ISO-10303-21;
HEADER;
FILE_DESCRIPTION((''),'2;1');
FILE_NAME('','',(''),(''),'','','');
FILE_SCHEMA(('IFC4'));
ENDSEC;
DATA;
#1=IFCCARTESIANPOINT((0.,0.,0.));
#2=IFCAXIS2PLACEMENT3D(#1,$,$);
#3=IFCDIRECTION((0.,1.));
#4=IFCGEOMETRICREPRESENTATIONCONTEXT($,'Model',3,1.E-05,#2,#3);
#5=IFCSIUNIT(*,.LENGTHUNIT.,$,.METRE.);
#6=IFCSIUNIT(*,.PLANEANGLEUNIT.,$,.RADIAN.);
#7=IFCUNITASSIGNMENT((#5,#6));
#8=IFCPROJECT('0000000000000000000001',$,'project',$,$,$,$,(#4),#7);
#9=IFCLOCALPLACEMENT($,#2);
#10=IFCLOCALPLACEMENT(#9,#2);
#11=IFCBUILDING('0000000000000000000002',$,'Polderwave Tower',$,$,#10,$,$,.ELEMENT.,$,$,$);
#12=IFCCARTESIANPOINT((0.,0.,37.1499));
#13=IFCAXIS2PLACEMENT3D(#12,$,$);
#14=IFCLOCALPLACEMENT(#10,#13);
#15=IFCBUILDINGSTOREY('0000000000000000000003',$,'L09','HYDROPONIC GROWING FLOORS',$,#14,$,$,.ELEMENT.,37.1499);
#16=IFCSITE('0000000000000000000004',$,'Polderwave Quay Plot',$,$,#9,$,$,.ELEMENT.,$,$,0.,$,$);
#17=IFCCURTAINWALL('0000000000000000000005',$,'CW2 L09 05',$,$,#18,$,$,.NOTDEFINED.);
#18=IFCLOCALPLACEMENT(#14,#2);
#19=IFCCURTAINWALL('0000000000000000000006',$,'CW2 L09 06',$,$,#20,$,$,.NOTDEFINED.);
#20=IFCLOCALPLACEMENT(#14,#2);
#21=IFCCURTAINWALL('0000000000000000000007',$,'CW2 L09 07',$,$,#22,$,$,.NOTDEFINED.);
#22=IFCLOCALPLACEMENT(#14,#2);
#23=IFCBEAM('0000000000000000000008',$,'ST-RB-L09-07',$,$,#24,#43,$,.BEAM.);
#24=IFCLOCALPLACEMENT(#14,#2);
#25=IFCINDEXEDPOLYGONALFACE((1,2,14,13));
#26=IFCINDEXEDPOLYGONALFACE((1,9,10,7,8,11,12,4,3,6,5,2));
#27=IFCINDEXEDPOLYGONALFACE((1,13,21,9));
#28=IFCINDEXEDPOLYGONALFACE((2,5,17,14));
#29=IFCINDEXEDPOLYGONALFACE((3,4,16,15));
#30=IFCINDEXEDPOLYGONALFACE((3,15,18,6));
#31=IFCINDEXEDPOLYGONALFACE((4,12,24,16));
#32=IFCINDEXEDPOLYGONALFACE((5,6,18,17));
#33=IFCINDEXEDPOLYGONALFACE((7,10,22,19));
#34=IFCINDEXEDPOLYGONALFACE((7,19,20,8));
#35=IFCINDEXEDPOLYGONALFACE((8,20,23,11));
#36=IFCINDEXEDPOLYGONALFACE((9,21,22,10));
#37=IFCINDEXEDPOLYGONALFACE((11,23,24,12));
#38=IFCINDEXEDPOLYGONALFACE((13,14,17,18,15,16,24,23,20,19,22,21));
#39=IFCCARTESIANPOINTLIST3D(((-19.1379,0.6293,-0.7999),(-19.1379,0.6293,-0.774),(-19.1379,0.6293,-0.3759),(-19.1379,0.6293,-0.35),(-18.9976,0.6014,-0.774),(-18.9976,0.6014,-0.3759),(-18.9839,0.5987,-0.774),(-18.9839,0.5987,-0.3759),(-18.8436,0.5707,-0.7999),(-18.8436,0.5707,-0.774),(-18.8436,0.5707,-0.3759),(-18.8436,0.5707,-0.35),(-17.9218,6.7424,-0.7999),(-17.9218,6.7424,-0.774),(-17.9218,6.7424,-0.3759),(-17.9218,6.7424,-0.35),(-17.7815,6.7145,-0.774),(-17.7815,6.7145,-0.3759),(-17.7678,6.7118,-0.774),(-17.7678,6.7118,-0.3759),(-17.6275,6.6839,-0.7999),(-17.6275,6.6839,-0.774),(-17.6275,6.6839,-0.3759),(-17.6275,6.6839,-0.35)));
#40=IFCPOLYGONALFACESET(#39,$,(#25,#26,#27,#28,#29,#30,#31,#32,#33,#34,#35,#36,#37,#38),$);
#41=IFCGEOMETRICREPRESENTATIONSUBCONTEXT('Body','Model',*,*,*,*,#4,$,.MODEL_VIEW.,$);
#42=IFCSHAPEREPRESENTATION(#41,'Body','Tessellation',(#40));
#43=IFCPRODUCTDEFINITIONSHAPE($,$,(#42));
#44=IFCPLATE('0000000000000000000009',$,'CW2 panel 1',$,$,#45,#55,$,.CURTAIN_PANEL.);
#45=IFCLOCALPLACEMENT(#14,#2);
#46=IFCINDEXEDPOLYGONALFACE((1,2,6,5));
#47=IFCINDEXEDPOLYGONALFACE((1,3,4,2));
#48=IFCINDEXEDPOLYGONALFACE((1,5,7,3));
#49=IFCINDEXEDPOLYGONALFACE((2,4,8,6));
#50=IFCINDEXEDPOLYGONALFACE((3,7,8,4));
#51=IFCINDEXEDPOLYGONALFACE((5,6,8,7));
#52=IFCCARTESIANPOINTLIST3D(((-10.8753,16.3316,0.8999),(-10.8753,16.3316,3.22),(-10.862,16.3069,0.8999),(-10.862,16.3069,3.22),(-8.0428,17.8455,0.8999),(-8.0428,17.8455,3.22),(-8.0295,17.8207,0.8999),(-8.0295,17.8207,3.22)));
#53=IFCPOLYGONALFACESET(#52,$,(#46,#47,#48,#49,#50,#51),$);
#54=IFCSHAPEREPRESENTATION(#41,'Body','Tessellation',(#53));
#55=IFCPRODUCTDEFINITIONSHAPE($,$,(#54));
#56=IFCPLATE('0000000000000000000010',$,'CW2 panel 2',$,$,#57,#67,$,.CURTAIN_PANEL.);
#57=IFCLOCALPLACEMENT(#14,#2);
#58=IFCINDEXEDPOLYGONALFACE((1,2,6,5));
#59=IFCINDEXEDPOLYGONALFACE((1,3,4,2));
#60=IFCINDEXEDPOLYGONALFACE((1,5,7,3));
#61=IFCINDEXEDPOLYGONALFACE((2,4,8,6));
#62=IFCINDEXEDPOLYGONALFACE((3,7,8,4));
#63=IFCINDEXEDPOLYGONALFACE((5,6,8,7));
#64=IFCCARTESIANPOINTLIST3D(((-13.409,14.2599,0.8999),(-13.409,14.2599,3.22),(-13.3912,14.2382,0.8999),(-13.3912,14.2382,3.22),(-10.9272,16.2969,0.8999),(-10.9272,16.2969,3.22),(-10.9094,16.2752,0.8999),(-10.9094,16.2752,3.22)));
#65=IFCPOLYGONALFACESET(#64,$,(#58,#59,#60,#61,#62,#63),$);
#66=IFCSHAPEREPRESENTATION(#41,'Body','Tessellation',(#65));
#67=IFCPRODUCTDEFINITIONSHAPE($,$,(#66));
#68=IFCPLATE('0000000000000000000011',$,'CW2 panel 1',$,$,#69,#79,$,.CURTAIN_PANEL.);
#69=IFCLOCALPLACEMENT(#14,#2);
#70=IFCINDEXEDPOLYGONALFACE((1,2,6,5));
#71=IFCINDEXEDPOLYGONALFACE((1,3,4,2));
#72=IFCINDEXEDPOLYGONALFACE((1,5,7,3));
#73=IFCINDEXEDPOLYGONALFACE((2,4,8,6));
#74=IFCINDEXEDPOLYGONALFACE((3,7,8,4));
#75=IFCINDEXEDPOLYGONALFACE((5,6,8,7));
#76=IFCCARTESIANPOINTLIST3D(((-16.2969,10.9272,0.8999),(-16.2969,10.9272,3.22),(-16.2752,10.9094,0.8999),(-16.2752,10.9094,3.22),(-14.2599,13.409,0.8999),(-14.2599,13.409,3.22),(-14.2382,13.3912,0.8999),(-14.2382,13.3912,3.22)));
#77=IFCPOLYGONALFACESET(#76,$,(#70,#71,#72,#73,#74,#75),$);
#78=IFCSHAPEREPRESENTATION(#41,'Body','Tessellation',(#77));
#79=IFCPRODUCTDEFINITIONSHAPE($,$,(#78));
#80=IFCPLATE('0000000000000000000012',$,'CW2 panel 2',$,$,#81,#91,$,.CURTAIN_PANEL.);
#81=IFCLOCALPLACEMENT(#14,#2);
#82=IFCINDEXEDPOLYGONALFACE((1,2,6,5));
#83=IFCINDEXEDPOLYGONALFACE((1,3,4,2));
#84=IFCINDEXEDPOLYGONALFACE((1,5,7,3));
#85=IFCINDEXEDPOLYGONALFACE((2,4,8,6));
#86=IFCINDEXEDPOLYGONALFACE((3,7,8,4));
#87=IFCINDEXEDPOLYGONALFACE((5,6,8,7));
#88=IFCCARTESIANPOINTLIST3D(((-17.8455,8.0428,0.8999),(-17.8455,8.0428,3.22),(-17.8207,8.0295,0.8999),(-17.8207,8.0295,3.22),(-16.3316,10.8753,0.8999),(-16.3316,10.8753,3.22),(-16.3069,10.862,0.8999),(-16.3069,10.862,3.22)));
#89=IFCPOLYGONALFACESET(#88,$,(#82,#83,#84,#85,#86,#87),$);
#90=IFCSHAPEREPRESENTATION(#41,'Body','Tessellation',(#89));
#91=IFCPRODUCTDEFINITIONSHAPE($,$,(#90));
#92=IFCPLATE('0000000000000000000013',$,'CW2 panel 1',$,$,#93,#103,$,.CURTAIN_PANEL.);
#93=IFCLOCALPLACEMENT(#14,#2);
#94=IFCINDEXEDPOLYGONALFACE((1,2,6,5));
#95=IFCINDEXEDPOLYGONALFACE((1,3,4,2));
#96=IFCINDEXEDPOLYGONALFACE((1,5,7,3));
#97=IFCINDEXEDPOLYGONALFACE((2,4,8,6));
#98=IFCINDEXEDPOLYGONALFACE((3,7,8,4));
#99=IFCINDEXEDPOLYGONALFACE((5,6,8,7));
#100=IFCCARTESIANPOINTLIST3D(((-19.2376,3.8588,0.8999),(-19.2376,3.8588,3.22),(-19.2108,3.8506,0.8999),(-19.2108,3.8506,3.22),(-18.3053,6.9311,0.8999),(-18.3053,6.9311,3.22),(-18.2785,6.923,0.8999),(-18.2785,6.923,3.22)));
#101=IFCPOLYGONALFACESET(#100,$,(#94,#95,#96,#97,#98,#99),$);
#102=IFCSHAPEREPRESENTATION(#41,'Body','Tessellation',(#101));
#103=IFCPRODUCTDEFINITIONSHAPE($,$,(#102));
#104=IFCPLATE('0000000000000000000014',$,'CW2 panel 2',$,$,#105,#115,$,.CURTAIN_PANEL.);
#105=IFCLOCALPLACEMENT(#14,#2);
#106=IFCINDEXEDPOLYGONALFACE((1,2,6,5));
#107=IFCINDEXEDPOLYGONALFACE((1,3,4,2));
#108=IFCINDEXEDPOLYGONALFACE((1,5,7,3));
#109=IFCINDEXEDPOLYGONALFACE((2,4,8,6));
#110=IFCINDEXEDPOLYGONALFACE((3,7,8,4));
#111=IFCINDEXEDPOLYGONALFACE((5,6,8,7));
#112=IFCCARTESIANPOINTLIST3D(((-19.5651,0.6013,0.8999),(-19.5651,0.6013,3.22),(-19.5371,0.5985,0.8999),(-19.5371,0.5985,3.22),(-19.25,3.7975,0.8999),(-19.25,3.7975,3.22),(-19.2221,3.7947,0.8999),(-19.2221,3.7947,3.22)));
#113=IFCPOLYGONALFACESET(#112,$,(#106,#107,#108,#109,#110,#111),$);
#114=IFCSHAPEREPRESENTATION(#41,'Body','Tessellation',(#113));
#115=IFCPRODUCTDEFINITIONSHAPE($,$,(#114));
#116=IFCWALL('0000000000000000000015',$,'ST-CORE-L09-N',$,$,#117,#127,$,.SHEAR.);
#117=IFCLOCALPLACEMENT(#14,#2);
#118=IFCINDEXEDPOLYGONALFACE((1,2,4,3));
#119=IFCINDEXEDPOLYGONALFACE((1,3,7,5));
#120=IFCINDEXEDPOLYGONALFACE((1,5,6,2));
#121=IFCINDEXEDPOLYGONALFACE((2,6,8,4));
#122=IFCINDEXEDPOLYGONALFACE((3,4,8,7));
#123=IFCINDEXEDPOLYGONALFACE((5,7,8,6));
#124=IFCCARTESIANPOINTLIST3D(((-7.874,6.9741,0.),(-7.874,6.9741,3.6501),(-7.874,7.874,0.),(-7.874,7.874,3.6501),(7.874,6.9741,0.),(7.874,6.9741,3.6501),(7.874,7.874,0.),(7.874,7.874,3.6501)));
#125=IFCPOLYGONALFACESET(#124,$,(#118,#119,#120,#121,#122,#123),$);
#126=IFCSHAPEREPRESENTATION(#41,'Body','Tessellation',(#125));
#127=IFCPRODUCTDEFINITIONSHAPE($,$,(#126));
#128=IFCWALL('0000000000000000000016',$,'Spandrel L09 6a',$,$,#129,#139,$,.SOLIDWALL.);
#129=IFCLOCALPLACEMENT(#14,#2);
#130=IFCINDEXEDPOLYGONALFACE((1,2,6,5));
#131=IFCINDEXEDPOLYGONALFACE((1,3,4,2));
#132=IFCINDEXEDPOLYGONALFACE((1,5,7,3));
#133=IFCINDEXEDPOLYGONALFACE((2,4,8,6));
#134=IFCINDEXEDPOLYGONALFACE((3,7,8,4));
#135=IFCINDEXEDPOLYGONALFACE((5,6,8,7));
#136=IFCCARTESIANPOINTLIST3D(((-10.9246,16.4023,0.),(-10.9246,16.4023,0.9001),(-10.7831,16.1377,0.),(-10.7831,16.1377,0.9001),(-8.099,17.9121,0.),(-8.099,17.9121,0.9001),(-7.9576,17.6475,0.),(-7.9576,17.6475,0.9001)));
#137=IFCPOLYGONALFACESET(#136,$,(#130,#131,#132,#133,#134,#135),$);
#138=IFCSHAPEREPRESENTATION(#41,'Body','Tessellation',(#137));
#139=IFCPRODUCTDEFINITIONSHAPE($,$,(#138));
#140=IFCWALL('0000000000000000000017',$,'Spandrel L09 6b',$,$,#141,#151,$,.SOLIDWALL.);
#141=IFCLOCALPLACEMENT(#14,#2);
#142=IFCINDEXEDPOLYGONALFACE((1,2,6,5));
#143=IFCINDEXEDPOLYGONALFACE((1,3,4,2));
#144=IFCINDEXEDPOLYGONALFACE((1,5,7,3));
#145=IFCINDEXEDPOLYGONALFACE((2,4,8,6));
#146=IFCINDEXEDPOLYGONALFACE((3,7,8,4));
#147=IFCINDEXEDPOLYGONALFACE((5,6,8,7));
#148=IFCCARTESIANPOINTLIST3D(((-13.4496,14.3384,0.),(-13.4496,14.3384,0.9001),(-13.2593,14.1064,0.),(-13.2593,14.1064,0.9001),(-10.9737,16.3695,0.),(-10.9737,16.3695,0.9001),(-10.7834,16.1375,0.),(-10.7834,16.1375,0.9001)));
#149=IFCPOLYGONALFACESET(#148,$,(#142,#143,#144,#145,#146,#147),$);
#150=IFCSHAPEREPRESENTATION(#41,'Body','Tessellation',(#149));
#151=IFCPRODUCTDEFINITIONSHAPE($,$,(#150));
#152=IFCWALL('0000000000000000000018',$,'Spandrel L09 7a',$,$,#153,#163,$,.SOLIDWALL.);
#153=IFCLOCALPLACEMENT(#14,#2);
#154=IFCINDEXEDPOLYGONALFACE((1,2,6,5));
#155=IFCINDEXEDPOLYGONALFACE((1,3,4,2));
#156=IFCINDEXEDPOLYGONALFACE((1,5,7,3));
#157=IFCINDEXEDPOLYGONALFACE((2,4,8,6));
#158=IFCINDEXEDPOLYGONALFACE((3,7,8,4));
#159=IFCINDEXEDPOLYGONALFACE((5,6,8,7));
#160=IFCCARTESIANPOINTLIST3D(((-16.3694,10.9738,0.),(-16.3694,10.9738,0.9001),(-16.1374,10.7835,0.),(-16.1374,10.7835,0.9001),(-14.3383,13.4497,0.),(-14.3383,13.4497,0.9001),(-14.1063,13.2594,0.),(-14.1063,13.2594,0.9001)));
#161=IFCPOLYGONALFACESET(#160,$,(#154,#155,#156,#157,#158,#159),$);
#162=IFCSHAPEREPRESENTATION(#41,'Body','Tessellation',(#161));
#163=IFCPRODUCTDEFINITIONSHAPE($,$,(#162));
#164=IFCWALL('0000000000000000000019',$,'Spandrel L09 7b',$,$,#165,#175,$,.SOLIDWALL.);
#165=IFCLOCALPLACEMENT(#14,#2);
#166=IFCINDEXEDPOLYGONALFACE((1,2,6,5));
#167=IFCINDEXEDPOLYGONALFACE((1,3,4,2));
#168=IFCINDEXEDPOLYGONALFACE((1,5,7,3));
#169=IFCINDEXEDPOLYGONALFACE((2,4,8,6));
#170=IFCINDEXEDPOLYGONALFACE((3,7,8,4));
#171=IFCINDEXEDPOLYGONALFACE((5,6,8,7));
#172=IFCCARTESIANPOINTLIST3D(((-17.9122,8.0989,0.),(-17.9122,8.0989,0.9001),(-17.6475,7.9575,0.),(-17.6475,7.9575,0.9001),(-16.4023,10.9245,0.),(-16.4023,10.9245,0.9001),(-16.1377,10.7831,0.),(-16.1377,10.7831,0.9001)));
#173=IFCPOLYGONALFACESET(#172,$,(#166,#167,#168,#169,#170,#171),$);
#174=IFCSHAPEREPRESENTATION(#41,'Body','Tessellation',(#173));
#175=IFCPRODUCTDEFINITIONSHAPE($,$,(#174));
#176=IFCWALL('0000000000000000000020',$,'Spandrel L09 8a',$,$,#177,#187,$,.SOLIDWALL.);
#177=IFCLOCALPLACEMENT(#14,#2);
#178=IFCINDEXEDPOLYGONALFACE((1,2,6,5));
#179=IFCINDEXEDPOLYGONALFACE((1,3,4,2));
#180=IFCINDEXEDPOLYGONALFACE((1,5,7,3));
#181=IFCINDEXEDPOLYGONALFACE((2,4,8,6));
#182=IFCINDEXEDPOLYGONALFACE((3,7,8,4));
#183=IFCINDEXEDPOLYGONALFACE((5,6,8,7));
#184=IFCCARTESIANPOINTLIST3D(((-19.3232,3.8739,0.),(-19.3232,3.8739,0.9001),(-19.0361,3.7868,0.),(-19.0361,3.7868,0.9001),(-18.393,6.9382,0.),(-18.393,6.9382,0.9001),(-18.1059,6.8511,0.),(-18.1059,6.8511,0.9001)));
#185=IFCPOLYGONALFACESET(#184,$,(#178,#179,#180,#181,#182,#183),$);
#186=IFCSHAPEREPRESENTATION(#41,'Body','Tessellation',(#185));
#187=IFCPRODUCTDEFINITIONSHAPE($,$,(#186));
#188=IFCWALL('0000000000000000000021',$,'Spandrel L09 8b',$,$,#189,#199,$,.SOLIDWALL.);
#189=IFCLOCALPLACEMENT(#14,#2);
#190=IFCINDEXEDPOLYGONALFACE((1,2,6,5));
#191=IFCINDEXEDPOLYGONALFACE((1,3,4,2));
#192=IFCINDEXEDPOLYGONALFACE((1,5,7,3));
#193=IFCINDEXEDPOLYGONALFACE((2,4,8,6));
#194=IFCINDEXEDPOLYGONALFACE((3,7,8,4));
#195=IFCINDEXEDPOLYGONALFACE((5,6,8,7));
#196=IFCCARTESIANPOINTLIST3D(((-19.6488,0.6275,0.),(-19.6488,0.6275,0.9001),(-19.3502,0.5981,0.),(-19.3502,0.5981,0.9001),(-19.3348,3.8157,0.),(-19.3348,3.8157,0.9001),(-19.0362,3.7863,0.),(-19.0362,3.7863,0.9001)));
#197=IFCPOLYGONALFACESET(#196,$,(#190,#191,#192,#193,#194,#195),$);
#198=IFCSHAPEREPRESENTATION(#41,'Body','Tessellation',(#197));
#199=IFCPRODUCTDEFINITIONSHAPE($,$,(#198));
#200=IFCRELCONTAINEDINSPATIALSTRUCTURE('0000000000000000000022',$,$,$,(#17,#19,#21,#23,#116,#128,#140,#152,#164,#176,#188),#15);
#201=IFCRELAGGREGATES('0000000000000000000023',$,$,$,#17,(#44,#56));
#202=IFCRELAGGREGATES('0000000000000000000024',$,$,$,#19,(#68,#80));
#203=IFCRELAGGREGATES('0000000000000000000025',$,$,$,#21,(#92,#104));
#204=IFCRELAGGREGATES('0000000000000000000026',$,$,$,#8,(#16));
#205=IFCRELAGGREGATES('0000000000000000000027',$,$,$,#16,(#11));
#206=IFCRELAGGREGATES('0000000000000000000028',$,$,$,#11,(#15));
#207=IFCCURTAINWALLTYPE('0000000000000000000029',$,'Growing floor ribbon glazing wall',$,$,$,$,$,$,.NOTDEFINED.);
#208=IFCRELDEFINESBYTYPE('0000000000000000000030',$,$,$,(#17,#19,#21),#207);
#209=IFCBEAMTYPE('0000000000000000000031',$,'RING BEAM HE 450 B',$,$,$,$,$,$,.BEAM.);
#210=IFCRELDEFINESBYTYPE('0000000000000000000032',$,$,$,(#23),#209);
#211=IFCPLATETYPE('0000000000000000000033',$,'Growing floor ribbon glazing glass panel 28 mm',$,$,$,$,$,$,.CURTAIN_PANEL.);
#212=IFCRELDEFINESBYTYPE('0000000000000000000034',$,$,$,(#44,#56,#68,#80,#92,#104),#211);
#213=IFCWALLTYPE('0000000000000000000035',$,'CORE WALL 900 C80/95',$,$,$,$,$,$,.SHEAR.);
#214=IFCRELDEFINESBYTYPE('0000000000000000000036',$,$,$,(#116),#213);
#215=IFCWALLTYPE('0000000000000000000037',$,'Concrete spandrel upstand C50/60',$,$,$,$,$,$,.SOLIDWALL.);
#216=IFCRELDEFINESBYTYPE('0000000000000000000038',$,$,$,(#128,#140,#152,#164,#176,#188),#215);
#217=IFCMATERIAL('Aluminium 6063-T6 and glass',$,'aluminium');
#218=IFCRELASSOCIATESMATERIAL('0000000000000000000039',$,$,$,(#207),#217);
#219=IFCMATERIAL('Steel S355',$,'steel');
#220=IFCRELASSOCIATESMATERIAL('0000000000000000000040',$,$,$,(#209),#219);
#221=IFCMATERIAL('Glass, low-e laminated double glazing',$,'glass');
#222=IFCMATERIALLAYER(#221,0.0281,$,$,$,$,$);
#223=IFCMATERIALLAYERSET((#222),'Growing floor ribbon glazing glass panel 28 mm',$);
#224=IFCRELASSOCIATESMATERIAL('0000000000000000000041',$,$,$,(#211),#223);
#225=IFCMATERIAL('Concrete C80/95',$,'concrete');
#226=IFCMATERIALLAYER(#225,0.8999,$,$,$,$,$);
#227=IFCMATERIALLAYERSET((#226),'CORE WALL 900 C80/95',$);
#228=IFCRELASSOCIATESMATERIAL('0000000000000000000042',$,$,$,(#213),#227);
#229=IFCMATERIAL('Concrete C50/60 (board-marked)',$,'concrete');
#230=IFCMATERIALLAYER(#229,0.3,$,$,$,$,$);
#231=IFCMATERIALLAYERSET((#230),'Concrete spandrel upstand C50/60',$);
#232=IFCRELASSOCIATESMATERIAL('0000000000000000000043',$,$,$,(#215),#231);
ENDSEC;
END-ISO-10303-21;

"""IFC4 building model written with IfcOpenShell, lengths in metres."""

from ifc_helpers import new_model, si_unit, direction, frame, frame_2d, origin, origin_2d, place, context, subcontext, project, spatial, rectangle, i_section, extrude, material, layer, layer_set, material_profile, profile_set, type_object, element, aggregate, save


model = new_model("IFC4")

# Units and contexts
model_context = context("Model", 3, precision=1e-05, world=origin(), true_north=direction((0.0, 1.0)))
body_context = subcontext(model_context, "Body", "Model", "MODEL_VIEW")
ifc_project = project(units=[si_unit("LENGTHUNIT", "METRE"), si_unit("PLANEANGLEUNIT", "RADIAN")], contexts=[model_context])

# Site, building, storey
site_placement = place(None, origin())
site = spatial("IfcSite", under=ifc_project, at=site_placement, Name="Polderwave Quay Plot", CompositionType="ELEMENT", RefElevation=0.0)
building_placement = place(site_placement, origin())
building = spatial("IfcBuilding", under=site, at=building_placement, Name="Polderwave Tower", CompositionType="ELEMENT")
storey_placement = place(building_placement, frame((0.0, 0.0, 37.1499)))
storey = spatial("IfcBuildingStorey", under=building, at=storey_placement, Name="L09", Description="HYDROPONIC GROWING FLOORS", CompositionType="ELEMENT", Elevation=37.1499)

# Curtain walls
ifc_material_1 = material(Name="Aluminium 6063-T6 and glass", Category="aluminium")
curtain_wall_type = type_object("IfcCurtainWallType", Name="Growing floor ribbon glazing wall", PredefinedType="NOTDEFINED", material=ifc_material_1)
curtain_wall_1_placement = place(storey_placement, origin())
curtain_wall_1 = element("IfcCurtainWall", 1, at=curtain_wall_1_placement, inside=storey, type_object=curtain_wall_type, Name="CW2 L09 05", PredefinedType="NOTDEFINED")
curtain_wall_2_placement = place(storey_placement, origin())
curtain_wall_2 = element("IfcCurtainWall", 2, at=curtain_wall_2_placement, inside=storey, type_object=curtain_wall_type, Name="CW2 L09 06", PredefinedType="NOTDEFINED")
curtain_wall_3_placement = place(storey_placement, origin())
curtain_wall_3 = element("IfcCurtainWall", 3, at=curtain_wall_3_placement, inside=storey, type_object=curtain_wall_type, Name="CW2 L09 07", PredefinedType="NOTDEFINED")

# Beam
ifc_material_2 = material(Name="Steel S355", Category="steel")
ifc_material_profile_1 = material_profile(ifc_material_2, i_section(OverallWidth=0.3, OverallDepth=0.45, WebThickness=0.0139, FlangeThickness=0.0259, at=origin_2d()), Name="HE 450 B")
ifc_profile_set_1 = profile_set([ifc_material_profile_1], Name="Steel S355")
beam_type = type_object("IfcBeamType", Name="RING BEAM HE 450 B", PredefinedType="BEAM", material=ifc_profile_set_1)
beam_placement = place(storey_placement, frame((-17.7747, 6.7131, -0.575), z_axis=(-0.195107, -0.980782, 0.0), x_axis=(0.980782, -0.195107, 0.0)))
element("IfcBeam", 4, at=beam_placement, inside=storey, type_object=beam_type, Name="ST-RB-L09-07", PredefinedType="BEAM", context=body_context, shape_type="SweptSolid", body=[
    extrude(i_section(OverallWidth=0.3, OverallDepth=0.45, WebThickness=0.0139, FlangeThickness=0.0259, at=origin_2d()), origin(), (0.0, 0.0, 1.0), 6.2329),
])

# Plates
ifc_material_3 = material(Name="Glass, low-e laminated double glazing", Category="glass")
ifc_layer_1 = layer(ifc_material_3, 0.0281)
ifc_layer_set_1 = layer_set([ifc_layer_1], Name="Growing floor ribbon glazing glass panel 28 mm")
plate_type = type_object("IfcPlateType", Name="Growing floor ribbon glazing glass panel 28 mm", PredefinedType="CURTAIN_PANEL", material=ifc_layer_set_1)
plate_1_placement = place(storey_placement, frame((-9.4524, 17.0762, 0.8999), z_axis=(0.0, 0.0, 1.0), x_axis=(-0.881943, -0.471357, 0.0)))
plate_1 = element("IfcPlate", 5, at=plate_1_placement, type_object=plate_type, Name="CW2 panel 1", PredefinedType="CURTAIN_PANEL", context=body_context, shape_type="SweptSolid", body=[
    extrude(rectangle(XDim=3.2117, YDim=0.0281, at=origin_2d()), origin(), (0.0, 0.0, 1.0), 2.3201),
])
plate_2_placement = place(storey_placement, frame((-12.1592, 15.2676, 0.8999), z_axis=(0.0, 0.0, 1.0), x_axis=(-0.772981, -0.63443, 0.0)))
plate_2 = element("IfcPlate", 6, at=plate_2_placement, type_object=plate_type, Name="CW2 panel 2", PredefinedType="CURTAIN_PANEL", context=body_context, shape_type="SweptSolid", body=[
    extrude(rectangle(XDim=3.2107, YDim=0.0281, at=origin_2d()), origin(), (0.0, 0.0, 1.0), 2.3201),
])
aggregate(curtain_wall_1, [plate_1, plate_2])
plate_3_placement = place(storey_placement, frame((-15.2676, 12.1592, 0.8999), z_axis=(0.0, 0.0, 1.0), x_axis=(-0.63443, -0.772981, 0.0)))
plate_3 = element("IfcPlate", 7, at=plate_3_placement, type_object=plate_type, Name="CW2 panel 1", PredefinedType="CURTAIN_PANEL", context=body_context, shape_type="SweptSolid", body=[
    extrude(rectangle(XDim=3.2107, YDim=0.0281, at=origin_2d()), origin(), (0.0, 0.0, 1.0), 2.3201),
])
plate_4_placement = place(storey_placement, frame((-17.0762, 9.4524, 0.8999), z_axis=(0.0, 0.0, 1.0), x_axis=(-0.471357, -0.881943, 0.0)))
plate_4 = element("IfcPlate", 8, at=plate_4_placement, type_object=plate_type, Name="CW2 panel 2", PredefinedType="CURTAIN_PANEL", context=body_context, shape_type="SweptSolid", body=[
    extrude(rectangle(XDim=3.2117, YDim=0.0281, at=origin_2d()), origin(), (0.0, 0.0, 1.0), 2.3201),
])
aggregate(curtain_wall_2, [plate_3, plate_4])
plate_5_placement = place(storey_placement, frame((-18.7581, 5.3909, 0.8999), z_axis=(0.0, 0.0, 1.0), x_axis=(-0.290375, -0.956913, 0.0)))
plate_5 = element("IfcPlate", 9, at=plate_5_placement, type_object=plate_type, Name="CW2 panel 1", PredefinedType="CURTAIN_PANEL", context=body_context, shape_type="SweptSolid", body=[
    extrude(rectangle(XDim=3.2107, YDim=0.0281, at=origin_2d()), origin(), (0.0, 0.0, 1.0), 2.3201),
])
plate_6_placement = place(storey_placement, frame((-19.3936, 2.198, 0.8999), z_axis=(0.0, 0.0, 1.0), x_axis=(-0.098099, -0.995177, 0.0)))
plate_6 = element("IfcPlate", 10, at=plate_6_placement, type_object=plate_type, Name="CW2 panel 2", PredefinedType="CURTAIN_PANEL", context=body_context, shape_type="SweptSolid", body=[
    extrude(rectangle(XDim=3.2117, YDim=0.0281, at=origin_2d()), origin(), (0.0, 0.0, 1.0), 2.3201),
])
aggregate(curtain_wall_3, [plate_5, plate_6])

# Walls
ifc_material_4 = material(Name="Concrete C80/95", Category="concrete")
ifc_layer_2 = layer(ifc_material_4, 0.8999)
ifc_layer_set_2 = layer_set([ifc_layer_2], Name="CORE WALL 900 C80/95")
wall_type_1 = type_object("IfcWallType", Name="CORE WALL 900 C80/95", PredefinedType="SHEAR", material=ifc_layer_set_2)
wall_1_placement = place(storey_placement, frame((-7.874, 7.4241, 0.0), z_axis=(0.0, 0.0, 1.0), x_axis=(1.0, 0.0, 0.0)))
element("IfcWall", 11, at=wall_1_placement, inside=storey, type_object=wall_type_1, Name="ST-CORE-L09-N", PredefinedType="SHEAR", context=body_context, shape_type="SweptSolid", body=[
    extrude(rectangle(XDim=15.748, YDim=0.8999, at=frame_2d((7.874, 0.0))), origin(), (0.0, 0.0, 1.0), 3.6501),
])
ifc_material_5 = material(Name="Concrete C50/60 (board-marked)", Category="concrete")
ifc_layer_3 = layer(ifc_material_5, 0.3)
ifc_layer_set_3 = layer_set([ifc_layer_3], Name="Concrete spandrel upstand C50/60")
wall_type_2 = type_object("IfcWallType", Name="Concrete spandrel upstand C50/60", PredefinedType="SOLIDWALL", material=ifc_layer_set_3)
wall_2_placement = place(storey_placement, frame((-8.0283, 17.7798, 0.0), z_axis=(0.0, 0.0, 1.0), x_axis=(-0.881981, -0.471284, 0.0)))
element("IfcWall", 12, at=wall_2_placement, inside=storey, type_object=wall_type_2, Name="Spandrel L09 6a", PredefinedType="SOLIDWALL", context=body_context, shape_type="SweptSolid", body=[
    extrude(rectangle(XDim=3.2036, YDim=0.3, at=frame_2d((1.6018, 0.0))), origin(), (0.0, 0.0, 1.0), 0.9001),
])
for number, where, z_axis, x_axis, name in (
    (13, (-10.8787, 16.2534, 0.0), (0.0, 0.0, 1.0), (-0.773141, -0.634234, 0.0), "Spandrel L09 6b"),
    (14, (-14.2224, 13.3545, 0.0), (0.0, 0.0, 1.0), (-0.634234, -0.773141, 0.0), "Spandrel L09 7a"),
):
    element("IfcWall", number, at=place(storey_placement, frame(where, z_axis=z_axis, x_axis=x_axis)), inside=storey, type_object=wall_type_2, Name=name, PredefinedType="SOLIDWALL", context=body_context, shape_type="SweptSolid", body=[
        extrude(rectangle(XDim=3.2024, YDim=0.3, at=frame_2d((1.6011, 0.0))), origin(), (0.0, 0.0, 1.0), 0.9001),
    ])
wall_3_placement = place(storey_placement, frame((-16.27, 10.8538, 0.0), z_axis=(0.0, 0.0, 1.0), x_axis=(-0.471284, -0.881981, 0.0)))
element("IfcWall", 15, at=wall_3_placement, inside=storey, type_object=wall_type_2, Name="Spandrel L09 7b", PredefinedType="SOLIDWALL", context=body_context, shape_type="SweptSolid", body=[
    extrude(rectangle(XDim=3.2036, YDim=0.3, at=frame_2d((1.6018, 0.0))), origin(), (0.0, 0.0, 1.0), 0.9001),
])
wall_4_placement = place(storey_placement, frame((-18.2495, 6.8945, 0.0), z_axis=(0.0, 0.0, 1.0), x_axis=(-0.290473, -0.956883, 0.0)))
element("IfcWall", 16, at=wall_4_placement, inside=storey, type_object=wall_type_2, Name="Spandrel L09 8a", PredefinedType="SOLIDWALL", context=body_context, shape_type="SweptSolid", body=[
    extrude(rectangle(XDim=3.2024, YDim=0.3, at=frame_2d((1.6011, 0.0))), origin(), (0.0, 0.0, 1.0), 0.9001),
])
wall_5_placement = place(storey_placement, frame((-19.1855, 3.801, 0.0), z_axis=(0.0, 0.0, 1.0), x_axis=(-0.098002, -0.995186, 0.0)))
element("IfcWall", 17, at=wall_5_placement, inside=storey, type_object=wall_type_2, Name="Spandrel L09 8b", PredefinedType="SOLIDWALL", context=body_context, shape_type="SweptSolid", body=[
    extrude(rectangle(XDim=3.2036, YDim=0.3, at=frame_2d((1.6018, 0.0))), origin(), (0.0, 0.0, 1.0), 0.9001),
])

save(model, "model.ifc")
